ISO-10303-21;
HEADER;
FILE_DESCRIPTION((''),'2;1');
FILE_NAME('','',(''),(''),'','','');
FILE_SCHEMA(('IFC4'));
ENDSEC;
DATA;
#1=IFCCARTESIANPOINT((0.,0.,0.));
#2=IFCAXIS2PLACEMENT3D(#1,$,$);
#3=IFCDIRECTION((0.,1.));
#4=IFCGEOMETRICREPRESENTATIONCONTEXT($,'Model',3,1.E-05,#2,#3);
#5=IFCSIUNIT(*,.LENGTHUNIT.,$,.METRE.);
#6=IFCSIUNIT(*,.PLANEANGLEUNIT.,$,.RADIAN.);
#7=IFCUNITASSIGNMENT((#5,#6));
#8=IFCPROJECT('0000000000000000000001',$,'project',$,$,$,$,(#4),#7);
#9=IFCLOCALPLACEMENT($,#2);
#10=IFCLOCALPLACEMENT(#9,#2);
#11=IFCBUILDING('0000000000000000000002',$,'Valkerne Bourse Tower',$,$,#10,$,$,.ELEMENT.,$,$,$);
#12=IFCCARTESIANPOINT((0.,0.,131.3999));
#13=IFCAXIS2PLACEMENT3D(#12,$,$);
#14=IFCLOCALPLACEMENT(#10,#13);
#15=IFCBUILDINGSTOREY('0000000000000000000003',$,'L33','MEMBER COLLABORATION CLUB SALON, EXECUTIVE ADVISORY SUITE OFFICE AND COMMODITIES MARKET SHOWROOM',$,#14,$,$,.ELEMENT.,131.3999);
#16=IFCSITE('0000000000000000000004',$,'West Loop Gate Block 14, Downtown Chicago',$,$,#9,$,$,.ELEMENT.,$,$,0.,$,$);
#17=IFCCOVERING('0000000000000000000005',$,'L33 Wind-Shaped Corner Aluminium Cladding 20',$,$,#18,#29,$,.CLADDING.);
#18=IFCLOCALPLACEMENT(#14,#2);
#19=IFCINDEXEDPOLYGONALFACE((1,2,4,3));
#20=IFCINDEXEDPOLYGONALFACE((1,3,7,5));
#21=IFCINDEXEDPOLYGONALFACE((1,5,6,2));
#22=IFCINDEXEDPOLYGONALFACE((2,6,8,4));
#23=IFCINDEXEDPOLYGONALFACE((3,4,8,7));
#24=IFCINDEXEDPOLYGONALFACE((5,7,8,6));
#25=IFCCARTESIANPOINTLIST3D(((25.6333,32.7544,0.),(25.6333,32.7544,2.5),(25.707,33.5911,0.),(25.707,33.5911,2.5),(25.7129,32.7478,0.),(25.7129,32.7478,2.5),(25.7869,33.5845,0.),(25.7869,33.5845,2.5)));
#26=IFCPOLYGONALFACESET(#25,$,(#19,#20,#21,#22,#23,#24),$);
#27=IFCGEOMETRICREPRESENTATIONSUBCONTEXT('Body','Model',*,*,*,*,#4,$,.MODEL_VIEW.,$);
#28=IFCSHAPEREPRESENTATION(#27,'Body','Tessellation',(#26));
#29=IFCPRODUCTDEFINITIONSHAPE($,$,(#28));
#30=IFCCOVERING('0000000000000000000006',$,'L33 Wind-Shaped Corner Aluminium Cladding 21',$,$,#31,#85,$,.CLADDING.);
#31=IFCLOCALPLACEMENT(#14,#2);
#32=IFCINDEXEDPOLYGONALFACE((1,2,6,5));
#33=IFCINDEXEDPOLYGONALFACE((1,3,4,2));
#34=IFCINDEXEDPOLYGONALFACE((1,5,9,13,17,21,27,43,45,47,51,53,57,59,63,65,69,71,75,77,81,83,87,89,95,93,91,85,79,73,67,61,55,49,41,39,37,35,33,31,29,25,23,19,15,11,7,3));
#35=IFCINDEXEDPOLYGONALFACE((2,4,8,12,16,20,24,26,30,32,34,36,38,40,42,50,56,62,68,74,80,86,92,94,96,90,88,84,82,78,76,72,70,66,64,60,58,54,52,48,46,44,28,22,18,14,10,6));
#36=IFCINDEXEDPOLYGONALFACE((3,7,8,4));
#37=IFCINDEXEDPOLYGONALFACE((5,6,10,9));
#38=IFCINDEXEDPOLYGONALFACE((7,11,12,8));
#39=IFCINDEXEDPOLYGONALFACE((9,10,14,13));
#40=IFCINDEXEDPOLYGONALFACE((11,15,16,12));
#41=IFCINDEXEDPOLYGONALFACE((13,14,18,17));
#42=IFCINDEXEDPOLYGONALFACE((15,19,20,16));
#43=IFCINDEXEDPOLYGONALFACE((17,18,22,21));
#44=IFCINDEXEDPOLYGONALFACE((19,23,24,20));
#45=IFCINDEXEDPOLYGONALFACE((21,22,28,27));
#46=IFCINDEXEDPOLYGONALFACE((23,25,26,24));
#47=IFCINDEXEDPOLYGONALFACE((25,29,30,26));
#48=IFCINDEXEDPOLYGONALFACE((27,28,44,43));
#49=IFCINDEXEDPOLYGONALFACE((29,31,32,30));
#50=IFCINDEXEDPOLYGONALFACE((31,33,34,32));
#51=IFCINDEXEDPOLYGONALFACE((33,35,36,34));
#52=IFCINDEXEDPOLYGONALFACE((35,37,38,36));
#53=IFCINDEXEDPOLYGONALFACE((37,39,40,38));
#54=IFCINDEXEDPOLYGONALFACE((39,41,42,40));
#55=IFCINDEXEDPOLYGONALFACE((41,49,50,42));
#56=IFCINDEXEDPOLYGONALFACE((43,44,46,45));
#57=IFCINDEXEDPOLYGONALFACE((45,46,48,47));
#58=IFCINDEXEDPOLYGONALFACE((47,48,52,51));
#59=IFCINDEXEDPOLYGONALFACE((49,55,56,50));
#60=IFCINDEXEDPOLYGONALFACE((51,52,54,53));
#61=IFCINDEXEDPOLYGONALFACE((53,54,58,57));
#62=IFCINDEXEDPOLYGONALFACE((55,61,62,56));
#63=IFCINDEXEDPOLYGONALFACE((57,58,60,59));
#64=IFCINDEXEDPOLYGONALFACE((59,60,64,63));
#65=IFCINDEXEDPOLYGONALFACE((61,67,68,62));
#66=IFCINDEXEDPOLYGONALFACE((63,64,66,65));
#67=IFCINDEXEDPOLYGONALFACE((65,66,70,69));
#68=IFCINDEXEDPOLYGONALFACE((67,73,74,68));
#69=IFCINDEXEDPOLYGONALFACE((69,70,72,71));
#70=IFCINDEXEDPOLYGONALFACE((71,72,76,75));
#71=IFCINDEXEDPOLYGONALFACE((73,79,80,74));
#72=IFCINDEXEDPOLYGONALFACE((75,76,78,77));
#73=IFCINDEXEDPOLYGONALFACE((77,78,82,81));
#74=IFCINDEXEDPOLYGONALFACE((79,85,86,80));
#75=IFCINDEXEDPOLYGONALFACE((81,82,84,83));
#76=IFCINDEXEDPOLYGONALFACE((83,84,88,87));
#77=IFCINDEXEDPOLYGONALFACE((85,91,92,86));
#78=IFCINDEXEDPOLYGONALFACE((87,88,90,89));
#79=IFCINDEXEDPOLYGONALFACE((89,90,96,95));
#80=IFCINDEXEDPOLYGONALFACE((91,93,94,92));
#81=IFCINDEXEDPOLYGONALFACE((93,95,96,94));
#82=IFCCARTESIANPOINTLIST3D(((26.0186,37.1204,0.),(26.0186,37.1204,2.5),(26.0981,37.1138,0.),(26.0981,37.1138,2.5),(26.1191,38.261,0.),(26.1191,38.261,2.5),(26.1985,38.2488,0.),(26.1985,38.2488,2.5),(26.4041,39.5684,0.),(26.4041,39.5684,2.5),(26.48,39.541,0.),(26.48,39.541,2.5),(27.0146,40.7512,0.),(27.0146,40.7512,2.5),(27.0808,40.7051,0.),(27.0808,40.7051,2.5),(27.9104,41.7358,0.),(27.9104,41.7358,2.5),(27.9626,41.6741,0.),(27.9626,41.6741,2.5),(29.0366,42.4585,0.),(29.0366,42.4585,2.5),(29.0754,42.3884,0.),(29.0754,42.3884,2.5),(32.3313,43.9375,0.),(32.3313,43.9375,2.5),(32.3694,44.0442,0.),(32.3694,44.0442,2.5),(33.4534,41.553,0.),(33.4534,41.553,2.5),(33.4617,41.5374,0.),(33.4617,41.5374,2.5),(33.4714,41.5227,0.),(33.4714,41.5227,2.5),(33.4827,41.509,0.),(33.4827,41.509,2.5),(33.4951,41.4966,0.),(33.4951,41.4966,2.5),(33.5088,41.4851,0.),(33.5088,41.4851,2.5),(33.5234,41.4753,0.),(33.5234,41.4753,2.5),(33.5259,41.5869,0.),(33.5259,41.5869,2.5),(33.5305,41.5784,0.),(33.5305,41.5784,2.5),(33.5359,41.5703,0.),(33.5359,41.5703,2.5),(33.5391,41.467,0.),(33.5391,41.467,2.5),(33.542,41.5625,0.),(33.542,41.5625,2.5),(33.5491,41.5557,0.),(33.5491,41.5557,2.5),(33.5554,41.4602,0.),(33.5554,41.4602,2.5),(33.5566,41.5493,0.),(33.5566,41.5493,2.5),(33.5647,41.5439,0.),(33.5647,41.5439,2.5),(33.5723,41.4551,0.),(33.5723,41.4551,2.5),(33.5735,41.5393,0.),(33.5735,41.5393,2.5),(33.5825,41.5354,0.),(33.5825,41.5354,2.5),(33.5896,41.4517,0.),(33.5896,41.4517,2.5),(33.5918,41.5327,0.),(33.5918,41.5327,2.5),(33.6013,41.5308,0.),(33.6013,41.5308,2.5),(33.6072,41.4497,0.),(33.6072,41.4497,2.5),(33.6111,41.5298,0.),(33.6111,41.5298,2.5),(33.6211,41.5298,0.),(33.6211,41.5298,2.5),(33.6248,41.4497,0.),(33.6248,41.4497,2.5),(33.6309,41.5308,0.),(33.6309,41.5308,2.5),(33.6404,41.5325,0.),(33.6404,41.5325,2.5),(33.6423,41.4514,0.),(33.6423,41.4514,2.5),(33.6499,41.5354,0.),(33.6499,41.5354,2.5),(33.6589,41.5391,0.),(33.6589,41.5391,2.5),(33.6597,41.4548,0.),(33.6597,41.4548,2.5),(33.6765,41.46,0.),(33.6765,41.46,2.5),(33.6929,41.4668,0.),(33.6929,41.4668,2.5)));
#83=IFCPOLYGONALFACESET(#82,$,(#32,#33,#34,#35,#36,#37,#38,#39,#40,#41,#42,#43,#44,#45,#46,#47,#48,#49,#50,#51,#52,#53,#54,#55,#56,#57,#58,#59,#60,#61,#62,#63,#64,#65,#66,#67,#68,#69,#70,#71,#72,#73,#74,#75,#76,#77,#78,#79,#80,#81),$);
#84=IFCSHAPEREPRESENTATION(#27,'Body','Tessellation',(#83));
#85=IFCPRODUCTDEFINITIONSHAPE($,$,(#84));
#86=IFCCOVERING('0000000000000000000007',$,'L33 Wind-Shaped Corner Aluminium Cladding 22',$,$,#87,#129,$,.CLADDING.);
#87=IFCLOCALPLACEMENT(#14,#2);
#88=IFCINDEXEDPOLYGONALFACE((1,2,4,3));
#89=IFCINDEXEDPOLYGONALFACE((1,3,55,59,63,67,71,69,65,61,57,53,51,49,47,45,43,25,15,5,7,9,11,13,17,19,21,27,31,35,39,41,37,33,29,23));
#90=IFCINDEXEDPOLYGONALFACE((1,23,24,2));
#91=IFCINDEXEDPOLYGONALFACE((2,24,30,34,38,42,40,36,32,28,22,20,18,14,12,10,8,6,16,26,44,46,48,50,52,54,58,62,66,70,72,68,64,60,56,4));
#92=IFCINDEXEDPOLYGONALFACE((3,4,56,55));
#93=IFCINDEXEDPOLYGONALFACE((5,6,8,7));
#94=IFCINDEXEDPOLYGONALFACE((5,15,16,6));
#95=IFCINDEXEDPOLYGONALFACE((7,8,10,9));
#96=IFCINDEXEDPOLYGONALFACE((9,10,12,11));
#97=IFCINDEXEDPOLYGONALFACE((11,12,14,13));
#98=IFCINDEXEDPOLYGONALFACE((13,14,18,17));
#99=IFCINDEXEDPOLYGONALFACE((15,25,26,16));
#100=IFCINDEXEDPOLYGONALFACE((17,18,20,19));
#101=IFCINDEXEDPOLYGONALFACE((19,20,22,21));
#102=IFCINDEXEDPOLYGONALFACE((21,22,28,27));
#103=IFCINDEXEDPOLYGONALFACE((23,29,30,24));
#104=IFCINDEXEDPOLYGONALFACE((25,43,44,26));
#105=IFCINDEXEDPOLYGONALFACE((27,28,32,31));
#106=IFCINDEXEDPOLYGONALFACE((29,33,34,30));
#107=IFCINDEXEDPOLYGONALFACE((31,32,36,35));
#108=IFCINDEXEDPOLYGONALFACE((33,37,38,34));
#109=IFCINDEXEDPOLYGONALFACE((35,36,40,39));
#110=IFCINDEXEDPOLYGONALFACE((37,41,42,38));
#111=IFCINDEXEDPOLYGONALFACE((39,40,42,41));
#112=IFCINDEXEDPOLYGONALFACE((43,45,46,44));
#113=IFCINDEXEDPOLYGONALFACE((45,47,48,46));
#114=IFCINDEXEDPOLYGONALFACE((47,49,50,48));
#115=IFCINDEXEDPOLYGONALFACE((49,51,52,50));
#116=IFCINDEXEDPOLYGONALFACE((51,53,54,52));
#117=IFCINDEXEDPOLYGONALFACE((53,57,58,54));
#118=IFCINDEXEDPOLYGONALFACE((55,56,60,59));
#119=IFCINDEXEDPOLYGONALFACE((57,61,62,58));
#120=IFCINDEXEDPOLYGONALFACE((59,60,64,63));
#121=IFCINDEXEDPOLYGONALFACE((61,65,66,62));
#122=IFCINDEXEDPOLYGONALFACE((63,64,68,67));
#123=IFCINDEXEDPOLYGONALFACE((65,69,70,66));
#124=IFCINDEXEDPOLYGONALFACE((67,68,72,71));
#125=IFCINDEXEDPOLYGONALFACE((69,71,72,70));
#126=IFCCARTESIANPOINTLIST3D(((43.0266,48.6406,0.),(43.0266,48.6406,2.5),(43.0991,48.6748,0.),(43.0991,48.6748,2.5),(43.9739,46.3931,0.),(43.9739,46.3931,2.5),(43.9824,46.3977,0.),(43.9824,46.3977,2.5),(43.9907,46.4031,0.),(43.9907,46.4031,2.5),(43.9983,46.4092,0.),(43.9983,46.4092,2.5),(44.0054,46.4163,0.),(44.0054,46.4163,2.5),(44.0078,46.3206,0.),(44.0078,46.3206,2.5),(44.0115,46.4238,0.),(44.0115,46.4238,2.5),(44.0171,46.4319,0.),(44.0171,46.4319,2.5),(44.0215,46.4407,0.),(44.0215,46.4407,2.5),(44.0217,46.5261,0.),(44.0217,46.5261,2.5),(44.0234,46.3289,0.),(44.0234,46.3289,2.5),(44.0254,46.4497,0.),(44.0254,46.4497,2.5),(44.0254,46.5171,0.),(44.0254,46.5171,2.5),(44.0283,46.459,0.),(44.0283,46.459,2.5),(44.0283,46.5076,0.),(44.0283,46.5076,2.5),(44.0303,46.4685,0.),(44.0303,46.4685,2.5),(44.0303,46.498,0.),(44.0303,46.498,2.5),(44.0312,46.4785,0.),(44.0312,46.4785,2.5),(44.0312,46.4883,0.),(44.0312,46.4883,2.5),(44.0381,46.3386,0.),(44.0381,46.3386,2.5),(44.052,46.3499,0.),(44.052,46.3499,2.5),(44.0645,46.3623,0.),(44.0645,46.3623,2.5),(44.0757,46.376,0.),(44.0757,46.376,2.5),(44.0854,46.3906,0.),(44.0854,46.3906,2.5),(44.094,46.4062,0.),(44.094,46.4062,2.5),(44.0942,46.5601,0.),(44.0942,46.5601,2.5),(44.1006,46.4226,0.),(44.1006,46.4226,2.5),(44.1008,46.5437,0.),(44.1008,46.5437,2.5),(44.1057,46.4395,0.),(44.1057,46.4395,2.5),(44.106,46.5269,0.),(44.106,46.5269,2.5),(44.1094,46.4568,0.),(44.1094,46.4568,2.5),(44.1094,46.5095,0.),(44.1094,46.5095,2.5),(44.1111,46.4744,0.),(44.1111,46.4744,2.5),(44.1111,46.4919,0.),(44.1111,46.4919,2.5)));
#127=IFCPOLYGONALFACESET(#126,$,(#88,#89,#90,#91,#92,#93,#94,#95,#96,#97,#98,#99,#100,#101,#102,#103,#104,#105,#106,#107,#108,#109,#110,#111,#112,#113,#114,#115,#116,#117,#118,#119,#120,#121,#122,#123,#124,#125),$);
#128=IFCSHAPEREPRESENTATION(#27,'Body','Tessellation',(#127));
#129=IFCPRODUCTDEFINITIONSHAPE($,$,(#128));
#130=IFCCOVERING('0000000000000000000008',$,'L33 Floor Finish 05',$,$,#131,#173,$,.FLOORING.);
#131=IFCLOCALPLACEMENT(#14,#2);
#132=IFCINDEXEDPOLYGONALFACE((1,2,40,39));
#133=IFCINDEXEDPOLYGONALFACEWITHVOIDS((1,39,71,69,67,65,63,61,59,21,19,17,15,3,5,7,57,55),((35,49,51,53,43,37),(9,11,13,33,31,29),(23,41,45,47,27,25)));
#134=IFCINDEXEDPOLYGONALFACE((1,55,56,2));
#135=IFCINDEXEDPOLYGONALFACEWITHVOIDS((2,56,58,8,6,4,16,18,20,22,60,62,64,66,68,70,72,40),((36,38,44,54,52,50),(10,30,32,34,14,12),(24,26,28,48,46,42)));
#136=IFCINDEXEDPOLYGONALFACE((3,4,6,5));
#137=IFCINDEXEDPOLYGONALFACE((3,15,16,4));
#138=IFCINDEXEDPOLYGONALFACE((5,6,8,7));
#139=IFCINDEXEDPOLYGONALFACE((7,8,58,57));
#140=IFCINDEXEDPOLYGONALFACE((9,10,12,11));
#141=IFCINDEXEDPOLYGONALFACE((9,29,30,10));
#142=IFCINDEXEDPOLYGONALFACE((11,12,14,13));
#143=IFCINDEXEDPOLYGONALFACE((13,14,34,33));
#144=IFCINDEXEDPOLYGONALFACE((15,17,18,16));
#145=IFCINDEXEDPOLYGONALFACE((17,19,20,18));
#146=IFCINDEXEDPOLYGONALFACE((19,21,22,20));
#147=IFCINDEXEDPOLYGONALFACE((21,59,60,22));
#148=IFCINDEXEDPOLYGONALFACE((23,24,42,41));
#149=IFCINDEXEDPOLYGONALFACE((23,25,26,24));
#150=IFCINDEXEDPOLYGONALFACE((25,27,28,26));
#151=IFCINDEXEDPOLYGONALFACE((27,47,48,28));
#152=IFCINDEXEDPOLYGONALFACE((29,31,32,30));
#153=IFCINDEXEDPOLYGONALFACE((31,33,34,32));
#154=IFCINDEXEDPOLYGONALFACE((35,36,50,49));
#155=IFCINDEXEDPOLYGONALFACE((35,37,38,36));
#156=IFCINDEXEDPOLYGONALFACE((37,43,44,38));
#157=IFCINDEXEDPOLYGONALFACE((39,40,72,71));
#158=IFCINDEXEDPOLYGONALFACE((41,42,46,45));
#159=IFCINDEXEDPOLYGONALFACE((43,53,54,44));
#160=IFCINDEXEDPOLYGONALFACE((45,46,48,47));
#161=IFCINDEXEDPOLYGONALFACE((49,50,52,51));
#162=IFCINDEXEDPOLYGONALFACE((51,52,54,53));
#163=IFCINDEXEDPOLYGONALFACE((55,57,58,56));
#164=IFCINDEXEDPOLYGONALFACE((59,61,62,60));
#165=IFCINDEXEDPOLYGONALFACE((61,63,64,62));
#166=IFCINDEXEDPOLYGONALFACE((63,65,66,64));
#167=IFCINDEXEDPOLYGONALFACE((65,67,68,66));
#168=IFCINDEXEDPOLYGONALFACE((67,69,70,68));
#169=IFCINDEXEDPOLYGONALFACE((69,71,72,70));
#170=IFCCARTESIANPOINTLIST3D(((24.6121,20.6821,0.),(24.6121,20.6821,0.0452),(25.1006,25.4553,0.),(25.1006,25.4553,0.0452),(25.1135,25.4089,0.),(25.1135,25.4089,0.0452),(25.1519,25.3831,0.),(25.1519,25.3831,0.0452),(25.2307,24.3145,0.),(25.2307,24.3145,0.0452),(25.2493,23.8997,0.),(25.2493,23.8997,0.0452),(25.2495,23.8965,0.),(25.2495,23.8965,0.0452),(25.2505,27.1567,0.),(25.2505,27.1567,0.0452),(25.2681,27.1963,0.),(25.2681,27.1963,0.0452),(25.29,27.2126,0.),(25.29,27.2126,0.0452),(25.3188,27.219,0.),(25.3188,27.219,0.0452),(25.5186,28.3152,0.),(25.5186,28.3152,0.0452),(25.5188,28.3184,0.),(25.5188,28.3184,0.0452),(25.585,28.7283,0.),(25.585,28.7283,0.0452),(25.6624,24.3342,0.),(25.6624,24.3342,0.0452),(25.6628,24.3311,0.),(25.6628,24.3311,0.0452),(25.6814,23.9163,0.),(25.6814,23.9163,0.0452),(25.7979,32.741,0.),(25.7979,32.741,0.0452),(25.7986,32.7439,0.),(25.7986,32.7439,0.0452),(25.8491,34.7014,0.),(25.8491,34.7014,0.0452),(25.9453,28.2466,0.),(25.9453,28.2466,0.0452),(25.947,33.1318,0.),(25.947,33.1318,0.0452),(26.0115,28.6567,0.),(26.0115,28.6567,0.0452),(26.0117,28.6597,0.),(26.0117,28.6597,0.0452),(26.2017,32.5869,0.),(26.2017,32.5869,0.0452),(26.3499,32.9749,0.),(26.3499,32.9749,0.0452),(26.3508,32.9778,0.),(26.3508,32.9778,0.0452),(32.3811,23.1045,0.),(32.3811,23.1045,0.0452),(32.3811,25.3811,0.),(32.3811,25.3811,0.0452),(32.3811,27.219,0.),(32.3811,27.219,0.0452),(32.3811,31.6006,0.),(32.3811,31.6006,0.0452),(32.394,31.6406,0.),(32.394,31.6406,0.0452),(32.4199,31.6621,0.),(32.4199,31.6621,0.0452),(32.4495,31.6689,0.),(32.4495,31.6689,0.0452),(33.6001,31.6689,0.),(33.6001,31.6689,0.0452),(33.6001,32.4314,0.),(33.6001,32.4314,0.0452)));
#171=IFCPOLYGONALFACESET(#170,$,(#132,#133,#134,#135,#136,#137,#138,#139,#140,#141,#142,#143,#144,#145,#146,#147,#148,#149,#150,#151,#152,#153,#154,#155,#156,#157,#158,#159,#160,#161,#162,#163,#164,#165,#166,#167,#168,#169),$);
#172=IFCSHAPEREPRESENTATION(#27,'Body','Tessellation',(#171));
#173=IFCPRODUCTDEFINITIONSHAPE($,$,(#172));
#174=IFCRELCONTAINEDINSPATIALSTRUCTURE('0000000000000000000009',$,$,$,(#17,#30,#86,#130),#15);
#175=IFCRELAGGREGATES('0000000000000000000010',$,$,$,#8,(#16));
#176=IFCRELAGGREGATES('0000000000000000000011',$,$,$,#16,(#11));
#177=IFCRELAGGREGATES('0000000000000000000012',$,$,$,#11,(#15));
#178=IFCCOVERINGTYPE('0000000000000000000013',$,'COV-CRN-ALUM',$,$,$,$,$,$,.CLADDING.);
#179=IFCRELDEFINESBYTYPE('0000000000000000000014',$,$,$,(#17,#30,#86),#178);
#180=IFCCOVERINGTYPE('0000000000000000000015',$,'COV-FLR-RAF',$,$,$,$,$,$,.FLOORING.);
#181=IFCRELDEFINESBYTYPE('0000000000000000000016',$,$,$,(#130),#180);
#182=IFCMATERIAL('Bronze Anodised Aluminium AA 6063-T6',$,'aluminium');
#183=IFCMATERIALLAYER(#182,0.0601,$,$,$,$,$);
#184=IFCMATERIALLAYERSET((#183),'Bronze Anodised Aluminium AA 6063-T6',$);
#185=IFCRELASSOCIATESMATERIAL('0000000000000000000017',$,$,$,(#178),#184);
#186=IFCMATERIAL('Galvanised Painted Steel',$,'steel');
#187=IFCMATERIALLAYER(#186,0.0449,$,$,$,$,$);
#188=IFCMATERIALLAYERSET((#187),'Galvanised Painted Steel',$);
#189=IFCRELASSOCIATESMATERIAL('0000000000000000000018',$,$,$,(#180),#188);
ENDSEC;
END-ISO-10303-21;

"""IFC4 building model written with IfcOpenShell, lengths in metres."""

from ifc_helpers import new_model, si_unit, direction, frame, origin, place, context, subcontext, project, spatial, polyline, outline, extrude, material, layer, layer_set, type_object, element, save


model = new_model("IFC4")

# Units and contexts
model_context = context("Model", 3, precision=1e-05, world=origin(), true_north=direction((0.0, 1.0)))
body_context = subcontext(model_context, "Body", "Model", "MODEL_VIEW")
ifc_project = project(units=[si_unit("LENGTHUNIT", "METRE"), si_unit("PLANEANGLEUNIT", "RADIAN")], contexts=[model_context])

# Site, building, storey
site_placement = place(None, origin())
site = spatial("IfcSite", under=ifc_project, at=site_placement, Name="West Loop Gate Block 14, Downtown Chicago", CompositionType="ELEMENT", RefElevation=0.0)
building_placement = place(site_placement, origin())
building = spatial("IfcBuilding", under=site, at=building_placement, Name="Valkerne Bourse Tower", CompositionType="ELEMENT")
storey_placement = place(building_placement, frame((0.0, 0.0, 131.3999)))
storey = spatial("IfcBuildingStorey", under=building, at=storey_placement, Name="L33", Description="MEMBER COLLABORATION CLUB SALON, EXECUTIVE ADVISORY SUITE OFFICE AND COMMODITIES MARKET SHOWROOM", CompositionType="ELEMENT", Elevation=131.3999)

# Coverings
ifc_material_1 = material(Name="Bronze Anodised Aluminium AA 6063-T6", Category="aluminium")
ifc_layer_1 = layer(ifc_material_1, 0.0601)
ifc_layer_set_1 = layer_set([ifc_layer_1], Name="Bronze Anodised Aluminium AA 6063-T6")
covering_type_1 = type_object("IfcCoveringType", Name="COV-CRN-ALUM", PredefinedType="CLADDING", material=ifc_layer_set_1)
covering_1_placement = place(storey_placement, origin())
element("IfcCovering", 1, at=covering_1_placement, inside=storey, type_object=covering_type_1, Name="L33 Wind-Shaped Corner Aluminium Cladding 20", PredefinedType="CLADDING", context=body_context, shape_type="SweptSolid", body=[
    extrude(outline(polyline([(25.707, 33.5911), (25.7869, 33.5845), (25.7129, 32.7478), (25.6333, 32.7544), (25.707, 33.5911)])), origin(), (0.0, 0.0, 1.0), 2.5),
])
covering_2_placement = place(storey_placement, origin())
element("IfcCovering", 2, at=covering_2_placement, inside=storey, type_object=covering_type_1, Name="L33 Wind-Shaped Corner Aluminium Cladding 21", PredefinedType="CLADDING", context=body_context, shape_type="SweptSolid", body=[
    extrude(outline(polyline([(26.1191, 38.261), (26.4041, 39.5684), (27.0146, 40.7512), (27.9104, 41.7358), (29.0366, 42.4585), (32.3694, 44.0442), (33.5259, 41.5869), (33.5305, 41.5784), (33.5359, 41.5703), (33.542, 41.5625), (33.5491, 41.5557), (33.5566, 41.5493), (33.5647, 41.5439), (33.5735, 41.5393), (33.5825, 41.5354), (33.5918, 41.5327), (33.6013, 41.5308), (33.6111, 41.5298), (33.6211, 41.5298), (33.6309, 41.5308), (33.6404, 41.5325), (33.6499, 41.5354), (33.6589, 41.5391), (33.6929, 41.4668), (33.6765, 41.46), (33.6597, 41.4548), (33.6423, 41.4514), (33.6248, 41.4497), (33.6072, 41.4497), (33.5896, 41.4517), (33.5723, 41.4551), (33.5554, 41.4602), (33.5391, 41.467), (33.5234, 41.4753), (33.5088, 41.4851), (33.4951, 41.4966), (33.4827, 41.509), (33.4714, 41.5227), (33.4617, 41.5374), (33.4534, 41.553), (32.3313, 43.9375), (29.0754, 42.3884), (27.9626, 41.6741), (27.0808, 40.7051), (26.48, 39.541), (26.1985, 38.2488), (26.0981, 37.1138), (26.0186, 37.1204), (26.1191, 38.261)])), origin(), (0.0, 0.0, 1.0), 2.5),
])
covering_3_placement = place(storey_placement, origin())
element("IfcCovering", 3, at=covering_3_placement, inside=storey, type_object=covering_type_1, Name="L33 Wind-Shaped Corner Aluminium Cladding 22", PredefinedType="CLADDING", context=body_context, shape_type="SweptSolid", body=[
    extrude(outline(polyline([(43.9739, 46.3931), (43.9824, 46.3977), (43.9907, 46.4031), (43.9983, 46.4092), (44.0054, 46.4163), (44.0115, 46.4238), (44.0171, 46.4319), (44.0215, 46.4407), (44.0254, 46.4497), (44.0283, 46.459), (44.0303, 46.4685), (44.0312, 46.4785), (44.0312, 46.4883), (44.0303, 46.498), (44.0283, 46.5076), (44.0254, 46.5171), (44.0217, 46.5261), (43.0266, 48.6406), (43.0991, 48.6748), (44.0942, 46.5601), (44.1008, 46.5437), (44.106, 46.5269), (44.1094, 46.5095), (44.1111, 46.4919), (44.1111, 46.4744), (44.1094, 46.4568), (44.1057, 46.4395), (44.1006, 46.4226), (44.094, 46.4062), (44.0854, 46.3906), (44.0757, 46.376), (44.0645, 46.3623), (44.052, 46.3499), (44.0381, 46.3386), (44.0234, 46.3289), (44.0078, 46.3206), (43.9739, 46.3931), (43.9739, 46.3931)])), origin(), (0.0, 0.0, 1.0), 2.5),
])
ifc_material_2 = material(Name="Galvanised Painted Steel", Category="steel")
ifc_layer_2 = layer(ifc_material_2, 0.0449)
ifc_layer_set_2 = layer_set([ifc_layer_2], Name="Galvanised Painted Steel")
covering_type_2 = type_object("IfcCoveringType", Name="COV-FLR-RAF", PredefinedType="FLOORING", material=ifc_layer_set_2)
covering_4_placement = place(storey_placement, origin())
element("IfcCovering", 4, at=covering_4_placement, inside=storey, type_object=covering_type_2, Name="L33 Floor Finish 05", PredefinedType="FLOORING", context=body_context, shape_type="SweptSolid", body=[
    extrude(outline(polyline([(32.4495, 31.6689), (32.4199, 31.6621), (32.394, 31.6406), (32.3811, 31.6006), (32.3811, 27.219), (25.3188, 27.219), (25.29, 27.2126), (25.2681, 27.1963), (25.2505, 27.1567), (25.1006, 25.4553), (25.1135, 25.4089), (25.1519, 25.3831), (32.3811, 25.3811), (32.3811, 23.1045), (24.6121, 20.6821), (25.8491, 34.7014), (33.6001, 32.4314), (33.6001, 31.6689), (32.4495, 31.6689)]), holes=[polyline([(25.6628, 24.3311), (25.6624, 24.3342), (25.2307, 24.3145), (25.2493, 23.8997), (25.2495, 23.8965), (25.6814, 23.9163), (25.6628, 24.3311)]), polyline([(26.0117, 28.6597), (25.585, 28.7283), (25.5188, 28.3184), (25.5186, 28.3152), (25.9453, 28.2466), (26.0115, 28.6567), (26.0117, 28.6597)]), polyline([(26.3499, 32.9749), (26.3508, 32.9778), (25.947, 33.1318), (25.7986, 32.7439), (25.7979, 32.741), (26.2017, 32.5869), (26.3499, 32.9749)])]), origin(), (0.0, 0.0, 1.0), 0.0452),
])

save(model, "model.ifc")
